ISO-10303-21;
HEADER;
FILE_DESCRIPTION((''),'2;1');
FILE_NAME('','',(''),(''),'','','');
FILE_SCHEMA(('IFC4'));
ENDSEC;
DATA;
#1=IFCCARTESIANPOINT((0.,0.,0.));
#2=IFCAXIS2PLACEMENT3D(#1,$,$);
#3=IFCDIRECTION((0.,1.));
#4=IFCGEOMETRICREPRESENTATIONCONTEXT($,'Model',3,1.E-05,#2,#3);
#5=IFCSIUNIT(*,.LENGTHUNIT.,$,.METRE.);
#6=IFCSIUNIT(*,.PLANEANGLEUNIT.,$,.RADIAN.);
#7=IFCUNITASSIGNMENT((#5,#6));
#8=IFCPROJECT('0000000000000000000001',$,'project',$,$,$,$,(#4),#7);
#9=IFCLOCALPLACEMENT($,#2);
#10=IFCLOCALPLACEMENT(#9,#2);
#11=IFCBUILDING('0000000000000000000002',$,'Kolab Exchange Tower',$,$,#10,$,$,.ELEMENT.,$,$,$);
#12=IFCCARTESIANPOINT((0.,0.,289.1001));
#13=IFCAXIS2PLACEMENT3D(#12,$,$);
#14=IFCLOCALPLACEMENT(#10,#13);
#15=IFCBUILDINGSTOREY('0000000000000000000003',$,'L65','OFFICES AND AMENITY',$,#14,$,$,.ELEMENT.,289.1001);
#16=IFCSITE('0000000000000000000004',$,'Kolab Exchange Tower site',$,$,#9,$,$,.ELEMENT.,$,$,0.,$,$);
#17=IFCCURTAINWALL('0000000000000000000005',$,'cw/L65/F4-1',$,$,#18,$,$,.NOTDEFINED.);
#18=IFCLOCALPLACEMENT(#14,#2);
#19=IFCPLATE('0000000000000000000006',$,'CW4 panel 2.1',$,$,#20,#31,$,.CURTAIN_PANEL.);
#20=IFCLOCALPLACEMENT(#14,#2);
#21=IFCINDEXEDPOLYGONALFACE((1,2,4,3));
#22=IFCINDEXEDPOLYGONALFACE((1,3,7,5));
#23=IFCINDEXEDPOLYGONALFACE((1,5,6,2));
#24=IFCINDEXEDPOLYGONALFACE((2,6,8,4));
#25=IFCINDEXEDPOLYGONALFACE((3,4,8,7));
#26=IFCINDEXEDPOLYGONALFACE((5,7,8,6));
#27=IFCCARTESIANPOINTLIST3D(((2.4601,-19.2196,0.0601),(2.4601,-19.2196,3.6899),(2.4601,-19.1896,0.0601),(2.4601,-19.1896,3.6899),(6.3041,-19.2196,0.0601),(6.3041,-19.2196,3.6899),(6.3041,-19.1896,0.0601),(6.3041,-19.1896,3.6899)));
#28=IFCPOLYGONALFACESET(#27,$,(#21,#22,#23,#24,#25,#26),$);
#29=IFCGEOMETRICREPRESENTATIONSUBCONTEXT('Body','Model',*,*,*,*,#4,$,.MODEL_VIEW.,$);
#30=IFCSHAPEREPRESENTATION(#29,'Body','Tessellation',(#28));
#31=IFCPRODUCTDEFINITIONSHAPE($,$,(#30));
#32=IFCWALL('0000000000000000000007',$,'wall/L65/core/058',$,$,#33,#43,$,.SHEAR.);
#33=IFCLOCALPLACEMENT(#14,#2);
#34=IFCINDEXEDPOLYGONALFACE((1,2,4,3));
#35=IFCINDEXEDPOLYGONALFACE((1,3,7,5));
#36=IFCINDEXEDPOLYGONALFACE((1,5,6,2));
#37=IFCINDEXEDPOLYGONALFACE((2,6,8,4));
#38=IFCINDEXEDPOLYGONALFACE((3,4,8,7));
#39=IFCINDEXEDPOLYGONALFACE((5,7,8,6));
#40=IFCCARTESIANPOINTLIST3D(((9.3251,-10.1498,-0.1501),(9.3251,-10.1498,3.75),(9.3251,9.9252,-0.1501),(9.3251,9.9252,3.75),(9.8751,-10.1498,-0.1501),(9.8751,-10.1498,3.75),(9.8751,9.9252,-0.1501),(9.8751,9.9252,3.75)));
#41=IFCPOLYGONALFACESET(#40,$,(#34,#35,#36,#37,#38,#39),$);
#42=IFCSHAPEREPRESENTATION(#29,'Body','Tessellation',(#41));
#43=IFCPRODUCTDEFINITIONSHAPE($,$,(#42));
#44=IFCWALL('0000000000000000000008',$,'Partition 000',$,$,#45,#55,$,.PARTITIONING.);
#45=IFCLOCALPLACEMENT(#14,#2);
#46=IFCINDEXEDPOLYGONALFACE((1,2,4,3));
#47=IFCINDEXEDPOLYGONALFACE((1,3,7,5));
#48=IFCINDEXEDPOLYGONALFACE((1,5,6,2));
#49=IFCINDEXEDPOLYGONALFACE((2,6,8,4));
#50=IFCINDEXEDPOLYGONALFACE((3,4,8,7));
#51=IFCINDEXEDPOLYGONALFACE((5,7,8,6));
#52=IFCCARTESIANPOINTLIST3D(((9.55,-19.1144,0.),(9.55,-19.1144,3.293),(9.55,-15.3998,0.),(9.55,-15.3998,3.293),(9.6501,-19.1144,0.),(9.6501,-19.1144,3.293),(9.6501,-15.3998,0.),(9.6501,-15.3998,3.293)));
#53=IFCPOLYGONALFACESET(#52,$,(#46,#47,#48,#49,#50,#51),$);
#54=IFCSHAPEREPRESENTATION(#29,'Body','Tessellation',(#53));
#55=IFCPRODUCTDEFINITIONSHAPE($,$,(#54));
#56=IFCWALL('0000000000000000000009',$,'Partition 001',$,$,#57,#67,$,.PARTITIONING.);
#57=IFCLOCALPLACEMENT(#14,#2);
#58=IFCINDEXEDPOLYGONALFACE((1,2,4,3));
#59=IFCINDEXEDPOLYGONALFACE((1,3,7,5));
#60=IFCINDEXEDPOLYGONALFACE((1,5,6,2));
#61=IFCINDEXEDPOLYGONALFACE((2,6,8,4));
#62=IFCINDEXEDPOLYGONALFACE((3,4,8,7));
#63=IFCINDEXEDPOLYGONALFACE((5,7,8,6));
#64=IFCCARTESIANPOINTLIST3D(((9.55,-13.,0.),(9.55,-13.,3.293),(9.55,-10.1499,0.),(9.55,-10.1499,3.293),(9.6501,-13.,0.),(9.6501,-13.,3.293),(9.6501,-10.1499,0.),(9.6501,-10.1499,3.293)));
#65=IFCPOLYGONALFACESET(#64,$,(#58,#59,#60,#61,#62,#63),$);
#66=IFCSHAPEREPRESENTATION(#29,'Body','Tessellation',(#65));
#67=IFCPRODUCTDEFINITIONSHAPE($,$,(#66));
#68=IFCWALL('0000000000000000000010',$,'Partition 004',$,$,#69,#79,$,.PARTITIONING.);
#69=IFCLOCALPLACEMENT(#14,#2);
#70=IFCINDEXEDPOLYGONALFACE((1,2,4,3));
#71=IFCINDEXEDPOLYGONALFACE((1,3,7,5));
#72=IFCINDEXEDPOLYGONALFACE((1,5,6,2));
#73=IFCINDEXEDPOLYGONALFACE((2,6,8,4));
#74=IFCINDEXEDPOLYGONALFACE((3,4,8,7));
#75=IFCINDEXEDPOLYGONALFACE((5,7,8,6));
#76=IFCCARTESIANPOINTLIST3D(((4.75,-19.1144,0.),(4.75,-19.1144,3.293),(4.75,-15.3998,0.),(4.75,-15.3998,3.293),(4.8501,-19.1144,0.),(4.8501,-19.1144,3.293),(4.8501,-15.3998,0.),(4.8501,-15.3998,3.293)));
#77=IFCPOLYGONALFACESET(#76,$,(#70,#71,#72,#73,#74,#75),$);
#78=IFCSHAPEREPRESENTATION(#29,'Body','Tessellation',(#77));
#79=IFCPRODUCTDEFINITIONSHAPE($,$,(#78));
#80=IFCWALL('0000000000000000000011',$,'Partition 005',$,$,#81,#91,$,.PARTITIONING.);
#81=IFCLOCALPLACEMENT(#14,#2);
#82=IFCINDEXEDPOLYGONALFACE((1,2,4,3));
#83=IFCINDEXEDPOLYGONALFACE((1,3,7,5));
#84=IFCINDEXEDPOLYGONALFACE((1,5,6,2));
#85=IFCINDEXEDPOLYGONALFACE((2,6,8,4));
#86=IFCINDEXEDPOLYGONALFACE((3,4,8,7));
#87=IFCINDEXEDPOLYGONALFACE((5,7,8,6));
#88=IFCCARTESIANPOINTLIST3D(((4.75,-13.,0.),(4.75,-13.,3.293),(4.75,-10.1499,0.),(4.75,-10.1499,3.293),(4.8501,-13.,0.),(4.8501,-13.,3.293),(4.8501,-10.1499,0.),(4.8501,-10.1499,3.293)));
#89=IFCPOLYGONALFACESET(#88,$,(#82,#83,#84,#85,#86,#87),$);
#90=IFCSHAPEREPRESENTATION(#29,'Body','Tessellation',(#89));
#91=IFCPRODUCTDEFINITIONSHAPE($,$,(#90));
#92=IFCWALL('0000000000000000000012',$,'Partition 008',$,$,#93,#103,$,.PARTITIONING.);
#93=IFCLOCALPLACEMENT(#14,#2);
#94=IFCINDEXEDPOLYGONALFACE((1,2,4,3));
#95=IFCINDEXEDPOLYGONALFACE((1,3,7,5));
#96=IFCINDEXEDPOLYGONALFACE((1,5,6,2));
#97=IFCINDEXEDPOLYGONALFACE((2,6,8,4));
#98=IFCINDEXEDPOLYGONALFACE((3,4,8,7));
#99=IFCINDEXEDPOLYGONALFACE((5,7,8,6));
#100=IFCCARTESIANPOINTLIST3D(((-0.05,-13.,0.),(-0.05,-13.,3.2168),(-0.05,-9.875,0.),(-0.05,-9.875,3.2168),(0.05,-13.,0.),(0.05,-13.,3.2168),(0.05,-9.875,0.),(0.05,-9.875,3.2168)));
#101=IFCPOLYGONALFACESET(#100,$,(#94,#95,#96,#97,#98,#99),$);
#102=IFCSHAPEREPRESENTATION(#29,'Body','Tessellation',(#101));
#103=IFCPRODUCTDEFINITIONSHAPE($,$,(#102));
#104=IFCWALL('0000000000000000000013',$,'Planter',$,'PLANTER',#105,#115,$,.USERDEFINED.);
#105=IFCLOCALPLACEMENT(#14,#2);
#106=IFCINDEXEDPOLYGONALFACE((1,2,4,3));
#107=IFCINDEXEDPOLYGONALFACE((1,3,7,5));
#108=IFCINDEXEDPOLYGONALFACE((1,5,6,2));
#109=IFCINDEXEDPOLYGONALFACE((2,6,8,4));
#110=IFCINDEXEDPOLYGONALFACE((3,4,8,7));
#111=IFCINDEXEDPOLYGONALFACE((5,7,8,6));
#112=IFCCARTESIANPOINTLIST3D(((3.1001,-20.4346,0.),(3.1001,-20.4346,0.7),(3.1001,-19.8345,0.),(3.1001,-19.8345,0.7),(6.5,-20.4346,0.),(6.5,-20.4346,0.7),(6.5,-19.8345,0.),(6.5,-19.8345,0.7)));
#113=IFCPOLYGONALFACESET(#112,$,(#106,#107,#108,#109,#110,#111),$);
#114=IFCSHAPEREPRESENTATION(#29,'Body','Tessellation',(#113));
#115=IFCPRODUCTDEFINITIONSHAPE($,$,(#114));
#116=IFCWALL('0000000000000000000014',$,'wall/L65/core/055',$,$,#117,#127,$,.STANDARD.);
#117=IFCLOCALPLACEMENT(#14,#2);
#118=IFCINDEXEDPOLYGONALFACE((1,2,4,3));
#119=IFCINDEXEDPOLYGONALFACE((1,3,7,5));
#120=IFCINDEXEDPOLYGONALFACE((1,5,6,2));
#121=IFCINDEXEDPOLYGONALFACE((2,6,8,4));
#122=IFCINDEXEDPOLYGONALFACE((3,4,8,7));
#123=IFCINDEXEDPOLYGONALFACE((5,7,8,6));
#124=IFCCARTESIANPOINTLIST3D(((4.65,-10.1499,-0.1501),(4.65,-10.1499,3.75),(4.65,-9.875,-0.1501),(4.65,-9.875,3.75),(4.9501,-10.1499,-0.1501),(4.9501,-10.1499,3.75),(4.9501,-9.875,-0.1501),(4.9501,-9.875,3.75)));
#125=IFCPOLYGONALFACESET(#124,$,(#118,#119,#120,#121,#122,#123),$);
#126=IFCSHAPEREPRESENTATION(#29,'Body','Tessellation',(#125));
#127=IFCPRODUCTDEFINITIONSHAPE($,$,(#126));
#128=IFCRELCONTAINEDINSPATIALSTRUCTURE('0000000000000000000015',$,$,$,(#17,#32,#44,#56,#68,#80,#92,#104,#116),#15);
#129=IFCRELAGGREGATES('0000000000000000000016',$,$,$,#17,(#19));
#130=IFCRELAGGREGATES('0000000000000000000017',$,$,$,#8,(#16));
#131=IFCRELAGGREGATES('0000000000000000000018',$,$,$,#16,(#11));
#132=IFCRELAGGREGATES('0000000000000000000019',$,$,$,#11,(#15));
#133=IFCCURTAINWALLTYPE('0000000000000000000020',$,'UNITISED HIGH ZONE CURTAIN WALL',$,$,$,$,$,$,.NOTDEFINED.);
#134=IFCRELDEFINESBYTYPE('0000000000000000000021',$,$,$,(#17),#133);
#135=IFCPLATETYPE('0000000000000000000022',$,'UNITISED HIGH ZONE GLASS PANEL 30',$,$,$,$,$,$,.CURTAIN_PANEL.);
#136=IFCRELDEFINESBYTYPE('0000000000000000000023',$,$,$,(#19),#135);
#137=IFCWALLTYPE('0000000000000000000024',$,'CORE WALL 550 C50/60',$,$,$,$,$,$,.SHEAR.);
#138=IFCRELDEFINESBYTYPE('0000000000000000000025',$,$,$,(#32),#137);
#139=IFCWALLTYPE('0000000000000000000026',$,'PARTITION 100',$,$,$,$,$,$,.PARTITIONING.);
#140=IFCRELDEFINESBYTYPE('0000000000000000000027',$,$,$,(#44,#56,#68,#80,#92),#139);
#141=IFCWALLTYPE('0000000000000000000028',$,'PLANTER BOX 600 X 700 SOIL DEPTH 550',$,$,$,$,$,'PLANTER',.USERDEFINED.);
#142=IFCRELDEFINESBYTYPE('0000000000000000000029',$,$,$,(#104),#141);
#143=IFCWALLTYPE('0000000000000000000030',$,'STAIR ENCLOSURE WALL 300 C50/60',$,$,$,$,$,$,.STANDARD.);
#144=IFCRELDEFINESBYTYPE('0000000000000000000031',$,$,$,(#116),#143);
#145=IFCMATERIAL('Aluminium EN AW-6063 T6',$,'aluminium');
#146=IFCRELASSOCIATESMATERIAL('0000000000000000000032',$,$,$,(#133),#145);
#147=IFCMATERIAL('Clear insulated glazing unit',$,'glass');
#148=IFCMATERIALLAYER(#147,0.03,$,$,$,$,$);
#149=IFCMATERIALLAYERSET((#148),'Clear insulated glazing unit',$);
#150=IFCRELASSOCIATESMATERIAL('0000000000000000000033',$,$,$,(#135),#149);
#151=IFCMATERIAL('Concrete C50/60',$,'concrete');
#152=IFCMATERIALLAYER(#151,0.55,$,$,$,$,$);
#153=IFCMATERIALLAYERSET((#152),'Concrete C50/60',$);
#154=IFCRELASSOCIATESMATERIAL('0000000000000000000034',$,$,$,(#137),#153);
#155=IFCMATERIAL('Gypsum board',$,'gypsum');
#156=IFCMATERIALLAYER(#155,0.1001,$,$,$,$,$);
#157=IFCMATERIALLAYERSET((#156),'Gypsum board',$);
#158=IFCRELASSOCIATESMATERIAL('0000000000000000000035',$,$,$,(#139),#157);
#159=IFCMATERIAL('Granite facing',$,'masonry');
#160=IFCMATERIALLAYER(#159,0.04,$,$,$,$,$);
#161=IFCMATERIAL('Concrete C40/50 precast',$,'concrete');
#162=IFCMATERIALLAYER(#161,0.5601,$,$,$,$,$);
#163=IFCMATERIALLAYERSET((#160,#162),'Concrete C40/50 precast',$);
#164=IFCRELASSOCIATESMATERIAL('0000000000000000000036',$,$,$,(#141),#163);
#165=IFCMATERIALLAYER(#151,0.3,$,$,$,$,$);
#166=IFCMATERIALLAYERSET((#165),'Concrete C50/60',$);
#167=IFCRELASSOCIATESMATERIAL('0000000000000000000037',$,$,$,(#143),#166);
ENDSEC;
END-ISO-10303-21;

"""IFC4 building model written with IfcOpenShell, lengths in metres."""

from ifc_helpers import new_model, si_unit, direction, frame, frame_2d, origin, origin_2d, place, context, subcontext, project, spatial, rectangle, extrude, material, layer, layer_set, type_object, element, aggregate, save


model = new_model("IFC4")

# Units and contexts
model_context = context("Model", 3, precision=1e-05, world=origin(), true_north=direction((0.0, 1.0)))
body_context = subcontext(model_context, "Body", "Model", "MODEL_VIEW")
ifc_project = project(units=[si_unit("LENGTHUNIT", "METRE"), si_unit("PLANEANGLEUNIT", "RADIAN")], contexts=[model_context])

# Site, building, storey
site_placement = place(None, origin())
site = spatial("IfcSite", under=ifc_project, at=site_placement, Name="Kolab Exchange Tower site", CompositionType="ELEMENT", RefElevation=0.0)
building_placement = place(site_placement, origin())
building = spatial("IfcBuilding", under=site, at=building_placement, Name="Kolab Exchange Tower", CompositionType="ELEMENT")
storey_placement = place(building_placement, frame((0.0, 0.0, 289.1001)))
storey = spatial("IfcBuildingStorey", under=building, at=storey_placement, Name="L65", Description="OFFICES AND AMENITY", CompositionType="ELEMENT", Elevation=289.1001)

# Shared definitions
ifc_material_1 = material(Name="Concrete C50/60", Category="concrete")

# Curtain wall, plate
ifc_material_2 = material(Name="Aluminium EN AW-6063 T6", Category="aluminium")
curtain_wall_type = type_object("IfcCurtainWallType", Name="UNITISED HIGH ZONE CURTAIN WALL", PredefinedType="NOTDEFINED", material=ifc_material_2)
curtain_wall_placement = place(storey_placement, origin())
curtain_wall = element("IfcCurtainWall", 1, at=curtain_wall_placement, inside=storey, type_object=curtain_wall_type, Name="cw/L65/F4-1", PredefinedType="NOTDEFINED")
ifc_material_3 = material(Name="Clear insulated glazing unit", Category="glass")
ifc_layer_1 = layer(ifc_material_3, 0.03)
ifc_layer_set_1 = layer_set([ifc_layer_1], Name="Clear insulated glazing unit")
plate_type = type_object("IfcPlateType", Name="UNITISED HIGH ZONE GLASS PANEL 30", PredefinedType="CURTAIN_PANEL", material=ifc_layer_set_1)
plate_1_placement = place(storey_placement, frame((4.3821, -19.2046, 0.0601), z_axis=(0.0, 0.0, 1.0), x_axis=(-1.0, 0.0, 0.0)))
plate_1 = element("IfcPlate", 2, at=plate_1_placement, type_object=plate_type, Name="CW4 panel 2.1", PredefinedType="CURTAIN_PANEL", context=body_context, shape_type="SweptSolid", body=[
    extrude(rectangle(XDim=3.844, YDim=0.03, at=origin_2d()), origin(), (0.0, 0.0, 1.0), 3.6299),
])
aggregate(curtain_wall, [plate_1])

# Wall
ifc_layer_2 = layer(ifc_material_1, 0.55)
ifc_layer_set_2 = layer_set([ifc_layer_2], Name="Concrete C50/60")
wall_type_1 = type_object("IfcWallType", Name="CORE WALL 550 C50/60", PredefinedType="SHEAR", material=ifc_layer_set_2)
wall_1_placement = place(storey_placement, frame((9.6001, -10.1499, -0.1501), z_axis=(0.0, 0.0, 1.0), x_axis=(0.0, 1.0, 0.0)))
element("IfcWall", 3, at=wall_1_placement, inside=storey, type_object=wall_type_1, Name="wall/L65/core/058", PredefinedType="SHEAR", context=body_context, shape_type="SweptSolid", body=[
    extrude(rectangle(XDim=20.075, YDim=0.55, at=frame_2d((10.0376, 0.0))), origin(), (0.0, 0.0, 1.0), 3.9001),
])

# Walls
ifc_material_4 = material(Name="Gypsum board", Category="gypsum")
ifc_layer_3 = layer(ifc_material_4, 0.1001)
ifc_layer_set_3 = layer_set([ifc_layer_3], Name="Gypsum board")
wall_type_2 = type_object("IfcWallType", Name="PARTITION 100", PredefinedType="PARTITIONING", material=ifc_layer_set_3)
wall_2_placement = place(storey_placement, frame((9.6001, -19.1145, 0.0), z_axis=(0.0, 0.0, 1.0), x_axis=(0.0, 1.0, 0.0)))
element("IfcWall", 4, at=wall_2_placement, inside=storey, type_object=wall_type_2, Name="Partition 000", PredefinedType="PARTITIONING", context=body_context, shape_type="SweptSolid", body=[
    extrude(rectangle(XDim=3.7146, YDim=0.1001, at=frame_2d((1.8574, 0.0))), origin(), (0.0, 0.0, 1.0), 3.293),
])
wall_3_placement = place(storey_placement, frame((9.6001, -13.0, 0.0), z_axis=(0.0, 0.0, 1.0), x_axis=(0.0, 1.0, 0.0)))
element("IfcWall", 5, at=wall_3_placement, inside=storey, type_object=wall_type_2, Name="Partition 001", PredefinedType="PARTITIONING", context=body_context, shape_type="SweptSolid", body=[
    extrude(rectangle(XDim=2.8501, YDim=0.1001, at=frame_2d((1.425, 0.0))), origin(), (0.0, 0.0, 1.0), 3.293),
])
wall_4_placement = place(storey_placement, frame((4.8, -19.1145, 0.0), z_axis=(0.0, 0.0, 1.0), x_axis=(0.0, 1.0, 0.0)))
element("IfcWall", 6, at=wall_4_placement, inside=storey, type_object=wall_type_2, Name="Partition 004", PredefinedType="PARTITIONING", context=body_context, shape_type="SweptSolid", body=[
    extrude(rectangle(XDim=3.7146, YDim=0.1001, at=frame_2d((1.8574, 0.0))), origin(), (0.0, 0.0, 1.0), 3.293),
])
wall_5_placement = place(storey_placement, frame((4.8, -13.0, 0.0), z_axis=(0.0, 0.0, 1.0), x_axis=(0.0, 1.0, 0.0)))
element("IfcWall", 7, at=wall_5_placement, inside=storey, type_object=wall_type_2, Name="Partition 005", PredefinedType="PARTITIONING", context=body_context, shape_type="SweptSolid", body=[
    extrude(rectangle(XDim=2.8501, YDim=0.1001, at=frame_2d((1.425, 0.0))), origin(), (0.0, 0.0, 1.0), 3.293),
])
wall_6_placement = place(storey_placement, frame((0.0, -13.0, 0.0), z_axis=(0.0, 0.0, 1.0), x_axis=(0.0, 1.0, 0.0)))
element("IfcWall", 8, at=wall_6_placement, inside=storey, type_object=wall_type_2, Name="Partition 008", PredefinedType="PARTITIONING", context=body_context, shape_type="SweptSolid", body=[
    extrude(rectangle(XDim=3.125, YDim=0.1001, at=frame_2d((1.5625, 0.0))), origin(), (0.0, 0.0, 1.0), 3.2168),
])
ifc_material_5 = material(Name="Granite facing", Category="masonry")
ifc_layer_4 = layer(ifc_material_5, 0.04)
ifc_material_6 = material(Name="Concrete C40/50 precast", Category="concrete")
ifc_layer_5 = layer(ifc_material_6, 0.5601)
ifc_layer_set_4 = layer_set([ifc_layer_4, ifc_layer_5], Name="Concrete C40/50 precast")
wall_type_3 = type_object("IfcWallType", Name="PLANTER BOX 600 X 700 SOIL DEPTH 550", ElementType="PLANTER", PredefinedType="USERDEFINED", material=ifc_layer_set_4)
wall_7_placement = place(storey_placement, frame((6.5, -20.1345, 0.0), z_axis=(0.0, 0.0, 1.0), x_axis=(-1.0, 0.0, 0.0)))
element("IfcWall", 9, at=wall_7_placement, inside=storey, type_object=wall_type_3, Name="Planter", ObjectType="PLANTER", PredefinedType="USERDEFINED", context=body_context, shape_type="SweptSolid", body=[
    extrude(rectangle(XDim=3.3999, YDim=0.6001, at=frame_2d((1.7, 0.0))), origin(), (0.0, 0.0, 1.0), 0.7),
])
ifc_layer_6 = layer(ifc_material_1, 0.3)
ifc_layer_set_5 = layer_set([ifc_layer_6], Name="Concrete C50/60")
wall_type_4 = type_object("IfcWallType", Name="STAIR ENCLOSURE WALL 300 C50/60", PredefinedType="STANDARD", material=ifc_layer_set_5)
wall_8_placement = place(storey_placement, frame((4.8, -10.1499, -0.1501), z_axis=(0.0, 0.0, 1.0), x_axis=(0.0, 1.0, 0.0)))
element("IfcWall", 10, at=wall_8_placement, inside=storey, type_object=wall_type_4, Name="wall/L65/core/055", PredefinedType="STANDARD", context=body_context, shape_type="SweptSolid", body=[
    extrude(rectangle(XDim=0.2749, YDim=0.3, at=frame_2d((0.1375, 0.0))), origin(), (0.0, 0.0, 1.0), 3.9001),
])

save(model, "model.ifc")
